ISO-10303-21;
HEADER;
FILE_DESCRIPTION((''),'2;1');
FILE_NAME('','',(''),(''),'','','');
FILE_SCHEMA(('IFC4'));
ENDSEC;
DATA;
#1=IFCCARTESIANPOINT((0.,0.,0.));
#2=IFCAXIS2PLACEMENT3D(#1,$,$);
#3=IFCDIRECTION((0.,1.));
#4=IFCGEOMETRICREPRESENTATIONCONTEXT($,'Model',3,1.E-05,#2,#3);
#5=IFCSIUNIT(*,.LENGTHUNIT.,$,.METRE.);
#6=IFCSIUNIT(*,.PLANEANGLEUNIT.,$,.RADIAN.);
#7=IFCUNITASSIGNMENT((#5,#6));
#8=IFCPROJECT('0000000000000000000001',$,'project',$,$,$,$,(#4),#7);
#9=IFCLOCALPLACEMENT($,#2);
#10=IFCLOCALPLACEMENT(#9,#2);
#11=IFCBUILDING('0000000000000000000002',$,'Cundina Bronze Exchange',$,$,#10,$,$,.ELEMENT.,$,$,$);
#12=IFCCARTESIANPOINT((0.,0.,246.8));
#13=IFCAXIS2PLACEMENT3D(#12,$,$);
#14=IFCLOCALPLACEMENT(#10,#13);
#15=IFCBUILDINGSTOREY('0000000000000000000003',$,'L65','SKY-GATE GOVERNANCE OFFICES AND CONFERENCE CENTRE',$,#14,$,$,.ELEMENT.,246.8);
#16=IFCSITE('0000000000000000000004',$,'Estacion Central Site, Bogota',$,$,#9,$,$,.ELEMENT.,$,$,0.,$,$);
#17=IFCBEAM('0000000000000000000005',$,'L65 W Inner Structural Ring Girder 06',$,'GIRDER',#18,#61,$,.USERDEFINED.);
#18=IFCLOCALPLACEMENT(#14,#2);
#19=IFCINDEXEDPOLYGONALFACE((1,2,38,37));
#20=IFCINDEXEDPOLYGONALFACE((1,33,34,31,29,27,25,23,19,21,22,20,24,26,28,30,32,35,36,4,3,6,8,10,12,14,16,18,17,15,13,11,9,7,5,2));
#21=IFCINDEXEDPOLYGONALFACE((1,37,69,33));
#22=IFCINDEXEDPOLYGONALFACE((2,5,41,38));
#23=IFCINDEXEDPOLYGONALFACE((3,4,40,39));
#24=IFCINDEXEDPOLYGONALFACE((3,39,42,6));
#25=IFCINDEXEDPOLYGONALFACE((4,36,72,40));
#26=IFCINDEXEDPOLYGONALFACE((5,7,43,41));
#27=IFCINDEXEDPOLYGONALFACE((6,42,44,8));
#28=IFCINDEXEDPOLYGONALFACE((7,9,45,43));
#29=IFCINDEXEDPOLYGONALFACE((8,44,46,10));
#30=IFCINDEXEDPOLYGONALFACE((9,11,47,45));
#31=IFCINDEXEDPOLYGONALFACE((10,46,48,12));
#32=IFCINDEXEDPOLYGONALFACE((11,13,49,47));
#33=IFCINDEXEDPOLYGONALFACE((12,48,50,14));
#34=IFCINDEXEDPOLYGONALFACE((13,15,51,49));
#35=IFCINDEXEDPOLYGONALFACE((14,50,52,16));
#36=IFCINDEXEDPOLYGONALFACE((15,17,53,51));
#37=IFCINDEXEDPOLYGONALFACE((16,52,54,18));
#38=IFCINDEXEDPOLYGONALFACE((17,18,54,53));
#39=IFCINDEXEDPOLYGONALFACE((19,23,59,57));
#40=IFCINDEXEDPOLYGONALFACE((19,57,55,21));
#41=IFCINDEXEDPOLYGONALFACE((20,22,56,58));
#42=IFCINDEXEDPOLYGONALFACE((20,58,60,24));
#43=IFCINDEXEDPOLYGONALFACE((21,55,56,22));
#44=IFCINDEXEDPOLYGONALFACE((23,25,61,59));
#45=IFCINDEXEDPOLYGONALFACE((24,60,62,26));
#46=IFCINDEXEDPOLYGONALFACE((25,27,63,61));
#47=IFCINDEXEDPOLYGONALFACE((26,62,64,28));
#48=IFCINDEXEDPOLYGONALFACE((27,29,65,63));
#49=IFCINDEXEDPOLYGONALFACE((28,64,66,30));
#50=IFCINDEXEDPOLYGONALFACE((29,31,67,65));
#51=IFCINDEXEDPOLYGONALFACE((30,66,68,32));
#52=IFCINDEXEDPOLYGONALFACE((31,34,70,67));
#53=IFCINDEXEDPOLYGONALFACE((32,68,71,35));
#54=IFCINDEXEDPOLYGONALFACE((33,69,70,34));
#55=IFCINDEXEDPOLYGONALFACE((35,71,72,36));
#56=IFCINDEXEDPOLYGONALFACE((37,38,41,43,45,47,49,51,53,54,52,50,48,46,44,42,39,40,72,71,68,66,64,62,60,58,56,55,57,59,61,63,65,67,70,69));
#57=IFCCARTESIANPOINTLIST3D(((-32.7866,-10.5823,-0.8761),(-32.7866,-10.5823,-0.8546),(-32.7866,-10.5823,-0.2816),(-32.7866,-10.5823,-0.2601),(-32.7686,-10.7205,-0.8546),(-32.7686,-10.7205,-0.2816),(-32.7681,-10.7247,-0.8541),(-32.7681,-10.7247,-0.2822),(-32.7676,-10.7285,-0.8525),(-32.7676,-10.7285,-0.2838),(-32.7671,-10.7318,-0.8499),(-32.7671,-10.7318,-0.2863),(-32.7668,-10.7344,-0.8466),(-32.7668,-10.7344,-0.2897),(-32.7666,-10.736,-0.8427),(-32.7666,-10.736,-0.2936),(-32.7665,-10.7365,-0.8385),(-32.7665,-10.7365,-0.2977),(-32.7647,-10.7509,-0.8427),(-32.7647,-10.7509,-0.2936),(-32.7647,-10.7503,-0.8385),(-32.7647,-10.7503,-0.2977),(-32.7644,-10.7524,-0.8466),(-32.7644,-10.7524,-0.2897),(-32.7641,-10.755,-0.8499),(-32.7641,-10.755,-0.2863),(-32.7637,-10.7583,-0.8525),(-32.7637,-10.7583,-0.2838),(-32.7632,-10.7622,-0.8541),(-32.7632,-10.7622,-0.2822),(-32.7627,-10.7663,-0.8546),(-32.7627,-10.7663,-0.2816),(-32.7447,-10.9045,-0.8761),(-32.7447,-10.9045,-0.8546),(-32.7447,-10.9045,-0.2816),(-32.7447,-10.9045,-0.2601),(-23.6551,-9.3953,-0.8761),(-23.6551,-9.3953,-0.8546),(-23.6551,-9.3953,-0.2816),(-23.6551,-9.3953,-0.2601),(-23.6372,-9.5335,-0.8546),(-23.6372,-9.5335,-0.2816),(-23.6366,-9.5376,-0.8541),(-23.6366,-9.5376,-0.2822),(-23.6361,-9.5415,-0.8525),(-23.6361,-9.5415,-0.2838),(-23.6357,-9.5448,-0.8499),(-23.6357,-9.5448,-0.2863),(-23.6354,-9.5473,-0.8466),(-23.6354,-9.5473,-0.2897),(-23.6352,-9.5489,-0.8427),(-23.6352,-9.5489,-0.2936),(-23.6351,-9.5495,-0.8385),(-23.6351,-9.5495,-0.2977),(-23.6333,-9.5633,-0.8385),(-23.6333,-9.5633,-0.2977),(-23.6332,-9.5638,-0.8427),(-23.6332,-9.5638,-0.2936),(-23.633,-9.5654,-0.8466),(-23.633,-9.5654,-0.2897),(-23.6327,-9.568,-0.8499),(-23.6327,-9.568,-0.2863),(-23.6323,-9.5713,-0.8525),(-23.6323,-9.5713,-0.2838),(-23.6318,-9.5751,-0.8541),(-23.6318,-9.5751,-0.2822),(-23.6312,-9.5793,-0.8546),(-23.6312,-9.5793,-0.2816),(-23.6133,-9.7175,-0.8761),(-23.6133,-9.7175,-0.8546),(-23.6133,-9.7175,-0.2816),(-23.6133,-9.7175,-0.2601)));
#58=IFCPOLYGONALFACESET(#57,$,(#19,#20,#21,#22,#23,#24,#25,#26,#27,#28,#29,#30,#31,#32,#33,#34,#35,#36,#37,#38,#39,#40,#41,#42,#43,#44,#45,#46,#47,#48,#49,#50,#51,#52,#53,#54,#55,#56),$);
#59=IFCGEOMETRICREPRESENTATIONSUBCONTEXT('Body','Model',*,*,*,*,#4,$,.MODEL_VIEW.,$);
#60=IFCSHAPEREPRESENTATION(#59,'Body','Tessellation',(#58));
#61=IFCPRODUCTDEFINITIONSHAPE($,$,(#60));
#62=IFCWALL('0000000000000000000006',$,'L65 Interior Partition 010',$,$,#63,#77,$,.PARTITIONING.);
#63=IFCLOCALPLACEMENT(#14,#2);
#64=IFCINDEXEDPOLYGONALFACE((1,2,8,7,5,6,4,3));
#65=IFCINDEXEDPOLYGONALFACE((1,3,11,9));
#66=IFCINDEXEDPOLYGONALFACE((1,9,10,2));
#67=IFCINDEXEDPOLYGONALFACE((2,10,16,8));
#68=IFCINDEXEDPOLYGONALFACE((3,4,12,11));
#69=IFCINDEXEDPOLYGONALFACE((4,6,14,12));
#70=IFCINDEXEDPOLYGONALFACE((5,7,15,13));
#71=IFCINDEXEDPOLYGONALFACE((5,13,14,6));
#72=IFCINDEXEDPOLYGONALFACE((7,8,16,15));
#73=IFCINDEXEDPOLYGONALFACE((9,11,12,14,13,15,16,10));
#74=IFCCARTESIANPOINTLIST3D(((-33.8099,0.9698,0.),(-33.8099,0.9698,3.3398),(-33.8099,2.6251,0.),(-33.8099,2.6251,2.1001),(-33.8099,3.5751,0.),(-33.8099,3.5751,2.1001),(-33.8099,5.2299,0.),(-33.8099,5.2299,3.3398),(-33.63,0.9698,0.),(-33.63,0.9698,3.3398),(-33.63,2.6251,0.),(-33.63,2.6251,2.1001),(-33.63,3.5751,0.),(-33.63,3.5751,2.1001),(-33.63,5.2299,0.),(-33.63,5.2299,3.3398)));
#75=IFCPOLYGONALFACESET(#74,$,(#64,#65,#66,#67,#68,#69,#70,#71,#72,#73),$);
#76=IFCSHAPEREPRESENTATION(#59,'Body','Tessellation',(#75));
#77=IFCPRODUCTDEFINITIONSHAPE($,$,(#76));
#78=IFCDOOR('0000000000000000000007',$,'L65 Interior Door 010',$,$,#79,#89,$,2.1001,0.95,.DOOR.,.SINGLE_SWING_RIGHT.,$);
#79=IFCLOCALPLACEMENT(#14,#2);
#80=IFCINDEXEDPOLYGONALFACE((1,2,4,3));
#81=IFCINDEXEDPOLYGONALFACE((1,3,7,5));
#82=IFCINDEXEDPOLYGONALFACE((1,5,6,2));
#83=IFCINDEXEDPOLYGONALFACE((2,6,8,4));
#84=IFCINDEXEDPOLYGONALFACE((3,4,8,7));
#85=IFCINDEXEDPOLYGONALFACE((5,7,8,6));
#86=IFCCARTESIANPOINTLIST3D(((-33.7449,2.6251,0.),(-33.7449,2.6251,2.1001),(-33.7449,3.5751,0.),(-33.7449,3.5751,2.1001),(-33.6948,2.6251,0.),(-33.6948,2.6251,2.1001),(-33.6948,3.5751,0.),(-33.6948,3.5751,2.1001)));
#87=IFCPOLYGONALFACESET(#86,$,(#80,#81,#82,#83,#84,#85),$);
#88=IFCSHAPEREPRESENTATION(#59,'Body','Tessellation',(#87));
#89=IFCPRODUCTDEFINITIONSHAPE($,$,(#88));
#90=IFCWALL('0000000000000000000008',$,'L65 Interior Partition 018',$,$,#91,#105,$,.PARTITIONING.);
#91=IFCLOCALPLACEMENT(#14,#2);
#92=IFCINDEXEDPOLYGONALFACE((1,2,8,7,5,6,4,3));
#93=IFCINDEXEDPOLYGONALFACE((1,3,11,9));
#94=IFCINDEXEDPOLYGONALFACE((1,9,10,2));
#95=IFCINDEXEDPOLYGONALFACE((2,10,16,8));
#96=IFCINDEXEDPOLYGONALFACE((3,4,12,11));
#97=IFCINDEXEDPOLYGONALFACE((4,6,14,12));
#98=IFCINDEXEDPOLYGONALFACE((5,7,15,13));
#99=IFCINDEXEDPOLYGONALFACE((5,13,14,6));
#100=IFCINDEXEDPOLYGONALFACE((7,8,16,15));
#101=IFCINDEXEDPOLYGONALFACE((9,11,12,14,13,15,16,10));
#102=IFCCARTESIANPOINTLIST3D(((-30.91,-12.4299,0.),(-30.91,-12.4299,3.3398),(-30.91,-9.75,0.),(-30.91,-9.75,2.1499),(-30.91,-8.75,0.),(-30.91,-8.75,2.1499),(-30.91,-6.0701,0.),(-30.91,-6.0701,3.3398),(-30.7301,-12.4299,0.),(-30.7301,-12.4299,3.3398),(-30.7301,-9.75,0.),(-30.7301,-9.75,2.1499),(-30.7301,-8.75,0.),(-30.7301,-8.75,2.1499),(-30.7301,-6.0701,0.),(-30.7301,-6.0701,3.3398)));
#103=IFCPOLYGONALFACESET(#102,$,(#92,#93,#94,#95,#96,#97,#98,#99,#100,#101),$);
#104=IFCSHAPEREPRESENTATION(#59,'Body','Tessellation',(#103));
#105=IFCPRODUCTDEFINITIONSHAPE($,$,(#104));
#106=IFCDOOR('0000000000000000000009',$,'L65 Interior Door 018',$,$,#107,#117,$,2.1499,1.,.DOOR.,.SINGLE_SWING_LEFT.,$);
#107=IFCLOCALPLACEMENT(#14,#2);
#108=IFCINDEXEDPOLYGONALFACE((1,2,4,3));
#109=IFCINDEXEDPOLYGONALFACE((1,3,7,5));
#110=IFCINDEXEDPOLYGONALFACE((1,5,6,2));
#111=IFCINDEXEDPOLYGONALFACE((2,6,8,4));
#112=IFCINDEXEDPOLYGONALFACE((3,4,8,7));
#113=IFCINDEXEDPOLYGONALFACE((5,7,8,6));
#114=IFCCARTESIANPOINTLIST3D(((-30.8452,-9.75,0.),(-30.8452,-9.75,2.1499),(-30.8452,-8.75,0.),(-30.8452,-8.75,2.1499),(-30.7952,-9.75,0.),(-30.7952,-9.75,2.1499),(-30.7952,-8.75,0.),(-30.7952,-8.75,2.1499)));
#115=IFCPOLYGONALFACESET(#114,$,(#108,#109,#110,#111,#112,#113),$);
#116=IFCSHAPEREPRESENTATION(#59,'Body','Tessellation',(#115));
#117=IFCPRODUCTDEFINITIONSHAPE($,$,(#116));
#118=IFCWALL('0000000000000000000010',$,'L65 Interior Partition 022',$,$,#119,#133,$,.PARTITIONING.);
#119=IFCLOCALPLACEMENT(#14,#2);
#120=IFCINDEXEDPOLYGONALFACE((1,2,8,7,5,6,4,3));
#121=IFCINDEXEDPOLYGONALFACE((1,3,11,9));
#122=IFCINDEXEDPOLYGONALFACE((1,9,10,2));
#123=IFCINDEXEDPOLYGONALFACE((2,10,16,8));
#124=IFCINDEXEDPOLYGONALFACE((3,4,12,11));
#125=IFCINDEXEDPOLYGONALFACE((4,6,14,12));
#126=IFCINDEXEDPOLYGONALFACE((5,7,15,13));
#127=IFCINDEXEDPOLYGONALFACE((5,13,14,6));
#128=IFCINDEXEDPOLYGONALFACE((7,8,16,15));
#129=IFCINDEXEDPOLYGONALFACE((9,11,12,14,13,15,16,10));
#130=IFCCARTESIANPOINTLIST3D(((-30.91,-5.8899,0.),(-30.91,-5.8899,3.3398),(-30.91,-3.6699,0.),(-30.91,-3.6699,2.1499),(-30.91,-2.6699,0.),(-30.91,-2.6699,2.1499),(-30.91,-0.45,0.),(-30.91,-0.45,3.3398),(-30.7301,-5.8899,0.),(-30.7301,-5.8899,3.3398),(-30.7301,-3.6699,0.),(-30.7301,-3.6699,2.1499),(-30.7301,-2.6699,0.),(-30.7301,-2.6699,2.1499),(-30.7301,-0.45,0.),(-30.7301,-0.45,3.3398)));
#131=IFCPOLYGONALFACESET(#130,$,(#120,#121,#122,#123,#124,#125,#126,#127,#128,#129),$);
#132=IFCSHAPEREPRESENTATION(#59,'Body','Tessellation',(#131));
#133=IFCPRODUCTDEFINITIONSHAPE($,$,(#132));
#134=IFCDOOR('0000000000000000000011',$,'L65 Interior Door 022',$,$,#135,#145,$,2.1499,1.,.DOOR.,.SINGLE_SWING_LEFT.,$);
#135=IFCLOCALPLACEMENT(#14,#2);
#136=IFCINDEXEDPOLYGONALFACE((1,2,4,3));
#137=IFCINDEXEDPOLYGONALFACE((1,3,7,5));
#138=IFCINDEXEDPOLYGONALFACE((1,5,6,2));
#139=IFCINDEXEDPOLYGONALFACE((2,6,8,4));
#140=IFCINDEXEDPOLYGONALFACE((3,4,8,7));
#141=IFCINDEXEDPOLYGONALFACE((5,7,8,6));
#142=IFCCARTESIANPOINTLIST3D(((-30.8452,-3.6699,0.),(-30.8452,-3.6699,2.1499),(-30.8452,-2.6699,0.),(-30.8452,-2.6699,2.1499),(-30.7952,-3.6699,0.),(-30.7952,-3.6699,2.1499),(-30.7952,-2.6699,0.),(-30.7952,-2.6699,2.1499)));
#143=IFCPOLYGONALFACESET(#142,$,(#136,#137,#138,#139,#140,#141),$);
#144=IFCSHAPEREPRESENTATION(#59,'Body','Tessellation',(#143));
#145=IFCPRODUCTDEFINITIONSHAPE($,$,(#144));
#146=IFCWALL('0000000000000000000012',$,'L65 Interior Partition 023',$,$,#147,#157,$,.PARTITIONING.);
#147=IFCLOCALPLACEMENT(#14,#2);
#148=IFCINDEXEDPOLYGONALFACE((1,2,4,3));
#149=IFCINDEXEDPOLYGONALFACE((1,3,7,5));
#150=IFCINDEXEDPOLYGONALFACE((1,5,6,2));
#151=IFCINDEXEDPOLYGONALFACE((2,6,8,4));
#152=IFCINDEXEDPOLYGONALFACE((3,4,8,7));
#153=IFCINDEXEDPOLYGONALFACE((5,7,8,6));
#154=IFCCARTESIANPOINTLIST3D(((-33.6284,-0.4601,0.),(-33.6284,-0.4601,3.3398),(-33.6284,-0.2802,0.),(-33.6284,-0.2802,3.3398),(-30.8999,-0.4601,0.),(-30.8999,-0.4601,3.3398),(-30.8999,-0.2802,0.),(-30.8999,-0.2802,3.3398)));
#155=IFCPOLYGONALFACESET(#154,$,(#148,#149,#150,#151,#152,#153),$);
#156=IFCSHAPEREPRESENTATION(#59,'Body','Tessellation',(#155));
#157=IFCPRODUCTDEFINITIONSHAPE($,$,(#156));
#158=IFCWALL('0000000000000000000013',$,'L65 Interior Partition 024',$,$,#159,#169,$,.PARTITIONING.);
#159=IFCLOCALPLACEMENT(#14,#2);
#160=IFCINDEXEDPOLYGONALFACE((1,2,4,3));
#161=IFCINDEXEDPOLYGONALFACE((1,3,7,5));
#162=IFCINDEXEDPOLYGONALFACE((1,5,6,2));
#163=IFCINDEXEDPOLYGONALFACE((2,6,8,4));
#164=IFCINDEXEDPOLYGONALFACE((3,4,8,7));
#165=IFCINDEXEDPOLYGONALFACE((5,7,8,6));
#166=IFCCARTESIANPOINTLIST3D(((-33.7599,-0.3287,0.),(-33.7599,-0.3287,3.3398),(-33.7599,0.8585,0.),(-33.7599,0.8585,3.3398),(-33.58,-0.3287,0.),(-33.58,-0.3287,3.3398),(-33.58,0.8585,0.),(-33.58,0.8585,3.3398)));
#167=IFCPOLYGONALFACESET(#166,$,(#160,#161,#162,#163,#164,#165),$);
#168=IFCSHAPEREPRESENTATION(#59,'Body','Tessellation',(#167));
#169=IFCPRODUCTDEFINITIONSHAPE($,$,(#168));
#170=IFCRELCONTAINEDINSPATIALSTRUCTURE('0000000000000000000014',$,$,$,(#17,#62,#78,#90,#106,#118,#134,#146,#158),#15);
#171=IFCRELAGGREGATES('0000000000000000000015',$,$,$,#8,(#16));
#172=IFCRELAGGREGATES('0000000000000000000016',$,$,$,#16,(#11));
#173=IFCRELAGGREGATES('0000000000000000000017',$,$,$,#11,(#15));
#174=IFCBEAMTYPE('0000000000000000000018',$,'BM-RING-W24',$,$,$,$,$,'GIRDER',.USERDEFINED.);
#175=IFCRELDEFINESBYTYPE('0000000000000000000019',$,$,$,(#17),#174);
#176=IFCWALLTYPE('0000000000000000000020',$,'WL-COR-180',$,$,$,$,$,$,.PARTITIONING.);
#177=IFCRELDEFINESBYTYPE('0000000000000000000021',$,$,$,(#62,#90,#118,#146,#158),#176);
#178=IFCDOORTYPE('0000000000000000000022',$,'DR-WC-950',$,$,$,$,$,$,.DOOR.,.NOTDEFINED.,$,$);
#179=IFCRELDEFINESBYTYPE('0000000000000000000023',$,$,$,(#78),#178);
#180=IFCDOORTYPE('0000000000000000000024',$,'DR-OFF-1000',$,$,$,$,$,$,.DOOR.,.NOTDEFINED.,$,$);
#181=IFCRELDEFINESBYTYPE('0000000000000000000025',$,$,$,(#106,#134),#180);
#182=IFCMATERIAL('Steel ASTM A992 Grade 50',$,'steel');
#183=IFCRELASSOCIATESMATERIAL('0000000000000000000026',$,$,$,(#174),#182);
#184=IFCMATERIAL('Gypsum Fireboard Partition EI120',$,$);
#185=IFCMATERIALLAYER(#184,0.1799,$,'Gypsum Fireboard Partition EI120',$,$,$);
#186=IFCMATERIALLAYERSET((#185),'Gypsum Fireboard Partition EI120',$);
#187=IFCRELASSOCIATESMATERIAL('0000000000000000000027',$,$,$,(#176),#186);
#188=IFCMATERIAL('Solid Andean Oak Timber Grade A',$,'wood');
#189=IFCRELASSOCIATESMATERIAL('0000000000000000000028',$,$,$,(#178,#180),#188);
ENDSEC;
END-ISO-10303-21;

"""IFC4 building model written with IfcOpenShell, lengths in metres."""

from ifc_helpers import new_model, si_unit, direction, frame, frame_2d, origin, origin_2d, place, context, subcontext, project, spatial, rectangle, i_section, extrude, material, layer, layer_set, material_profile, profile_set, type_object, element, fill, save


model = new_model("IFC4")

# Units and contexts
model_context = context("Model", 3, precision=1e-05, world=origin(), true_north=direction((0.0, 1.0)))
body_context = subcontext(model_context, "Body", "Model", "MODEL_VIEW")
ifc_project = project(units=[si_unit("LENGTHUNIT", "METRE"), si_unit("PLANEANGLEUNIT", "RADIAN")], contexts=[model_context])

# Site, building, storey
site_placement = place(None, origin())
site = spatial("IfcSite", under=ifc_project, at=site_placement, Name="Estacion Central Site, Bogota", CompositionType="ELEMENT", RefElevation=0.0)
building_placement = place(site_placement, origin())
building = spatial("IfcBuilding", under=site, at=building_placement, Name="Cundina Bronze Exchange", CompositionType="ELEMENT")
storey_placement = place(building_placement, frame((0.0, 0.0, 246.8)))
storey = spatial("IfcBuildingStorey", under=building, at=storey_placement, Name="L65", Description="SKY-GATE GOVERNANCE OFFICES AND CONFERENCE CENTRE", CompositionType="ELEMENT", Elevation=246.8)

# Beam
ifc_material_1 = material(Name="Steel ASTM A992 Grade 50", Category="steel")
ifc_material_profile_1 = material_profile(ifc_material_1, i_section(OverallWidth=0.325, OverallDepth=0.616, WebThickness=0.0139, FlangeThickness=0.0215, FilletRadius=0.0161, at=origin_2d()), Name="W24X117", Category="steel")
ifc_profile_set_1 = profile_set([ifc_material_profile_1], Name="Steel ASTM A992 Grade 50")
beam_type_1 = type_object("IfcBeamType", Name="BM-RING-W24", ElementType="GIRDER", PredefinedType="USERDEFINED", material=ifc_profile_set_1)
beam_1_placement = place(storey_placement, frame((-32.7656, -10.7434, -0.5681), z_axis=(0.991656, 0.128908, 0.0), x_axis=(-0.128908, 0.991656, 0.0)))
element("IfcBeam", 1, at=beam_1_placement, inside=storey, type_object=beam_type_1, Name="L65 W Inner Structural Ring Girder 06", ObjectType="GIRDER", PredefinedType="USERDEFINED", context=body_context, shape_type="SweptSolid", body=[
    extrude(i_section(OverallWidth=0.325, OverallDepth=0.616, WebThickness=0.0139, FlangeThickness=0.0215, FilletRadius=0.0161, at=origin_2d()), origin(), (0.0, 0.0, 1.0), 9.2083),
])

# Walls, openings, doors
ifc_material_2 = material(Name="Gypsum Fireboard Partition EI120")
ifc_layer_1 = layer(ifc_material_2, 0.1799, Name="Gypsum Fireboard Partition EI120")
ifc_layer_set_1 = layer_set([ifc_layer_1], Name="Gypsum Fireboard Partition EI120")
wall_type_1 = type_object("IfcWallType", Name="WL-COR-180", PredefinedType="PARTITIONING", material=ifc_layer_set_1)
wall_1_placement = place(storey_placement, frame((-33.72, 0.97, 0.0), z_axis=(0.0, 0.0, 1.0), x_axis=(0.0, 1.0, 0.0)))
wall_1 = element("IfcWall", 2, at=wall_1_placement, inside=storey, type_object=wall_type_1, Name="L65 Interior Partition 010", PredefinedType="PARTITIONING", context=body_context, shape_type="SweptSolid", body=[
    extrude(rectangle(XDim=4.26, YDim=0.1799, at=frame_2d((2.1299, 0.0))), origin(), (0.0, 0.0, 1.0), 3.3398),
])
opening_1_placement = place(wall_1_placement, frame((1.655, 0.0, 0.0)))
opening_1 = element("IfcOpeningElement", 3, at=opening_1_placement, cuts=wall_1, PredefinedType="OPENING", context=body_context, shape_type="SweptSolid", body=[
    extrude(rectangle(XDim=0.95, YDim=2.1001, at=frame_2d((0.4751, 1.05))), frame((0.0, 0.0999, 0.0), z_axis=(0.0, -1.0, 0.0), x_axis=(1.0, 0.0, 0.0)), (0.0, 0.0, 1.0), 0.2),
])
ifc_material_3 = material(Name="Solid Andean Oak Timber Grade A", Category="wood")
door_type_1 = type_object("IfcDoorType", Name="DR-WC-950", OperationType="NOTDEFINED", PredefinedType="DOOR", material=ifc_material_3)
door_1_placement = place(opening_1_placement, origin())
door_1 = element("IfcDoor", 4, at=door_1_placement, inside=storey, type_object=door_type_1, Name="L65 Interior Door 010", OperationType="SINGLE_SWING_RIGHT", OverallHeight=2.1001, OverallWidth=0.95, PredefinedType="DOOR", context=body_context, shape_type="SweptSolid", body=[
    extrude(rectangle(XDim=0.95, YDim=2.1001, at=frame_2d((0.4751, 1.05))), frame((0.0, 0.0249, 0.0), z_axis=(0.0, -1.0, 0.0), x_axis=(1.0, 0.0, 0.0)), (0.0, 0.0, 1.0), 0.05),
])
fill(opening_1, door_1)
wall_2_placement = place(storey_placement, frame((-30.8201, -6.0701, 0.0), z_axis=(0.0, 0.0, 1.0), x_axis=(0.0, -1.0, 0.0)))
wall_2 = element("IfcWall", 5, at=wall_2_placement, inside=storey, type_object=wall_type_1, Name="L65 Interior Partition 018", PredefinedType="PARTITIONING", context=body_context, shape_type="SweptSolid", body=[
    extrude(rectangle(XDim=6.3599, YDim=0.1799, at=frame_2d((3.1799, 0.0))), origin(), (0.0, 0.0, 1.0), 3.3398),
])
opening_2_placement = place(wall_2_placement, frame((2.6799, 0.0, 0.0)))
opening_2 = element("IfcOpeningElement", 6, at=opening_2_placement, cuts=wall_2, PredefinedType="OPENING", context=body_context, shape_type="SweptSolid", body=[
    extrude(rectangle(XDim=1.0, YDim=2.1499, at=frame_2d((0.5, 1.075))), frame((0.0, 0.0999, 0.0), z_axis=(0.0, -1.0, 0.0), x_axis=(1.0, 0.0, 0.0)), (0.0, 0.0, 1.0), 0.2),
])
door_type_2 = type_object("IfcDoorType", Name="DR-OFF-1000", OperationType="NOTDEFINED", PredefinedType="DOOR", material=ifc_material_3)
door_2_placement = place(opening_2_placement, origin())
door_2 = element("IfcDoor", 7, at=door_2_placement, inside=storey, type_object=door_type_2, Name="L65 Interior Door 018", OperationType="SINGLE_SWING_LEFT", OverallHeight=2.1499, OverallWidth=1.0, PredefinedType="DOOR", context=body_context, shape_type="SweptSolid", body=[
    extrude(rectangle(XDim=1.0, YDim=2.1499, at=frame_2d((0.5, 1.075))), frame((0.0, 0.0249, 0.0), z_axis=(0.0, -1.0, 0.0), x_axis=(1.0, 0.0, 0.0)), (0.0, 0.0, 1.0), 0.05),
])
fill(opening_2, door_2)
wall_3_placement = place(storey_placement, frame((-30.8201, -0.45, 0.0), z_axis=(0.0, 0.0, 1.0), x_axis=(0.0, -1.0, 0.0)))
wall_3 = element("IfcWall", 8, at=wall_3_placement, inside=storey, type_object=wall_type_1, Name="L65 Interior Partition 022", PredefinedType="PARTITIONING", context=body_context, shape_type="SweptSolid", body=[
    extrude(rectangle(XDim=5.4399, YDim=0.1799, at=frame_2d((2.72, 0.0))), origin(), (0.0, 0.0, 1.0), 3.3398),
])
opening_3_placement = place(wall_3_placement, frame((2.22, 0.0, 0.0)))
opening_3 = element("IfcOpeningElement", 9, at=opening_3_placement, cuts=wall_3, PredefinedType="OPENING", context=body_context, shape_type="SweptSolid", body=[
    extrude(rectangle(XDim=1.0, YDim=2.1499, at=frame_2d((0.5, 1.075))), frame((0.0, 0.0999, 0.0), z_axis=(0.0, -1.0, 0.0), x_axis=(1.0, 0.0, 0.0)), (0.0, 0.0, 1.0), 0.2),
])
door_3_placement = place(opening_3_placement, origin())
door_3 = element("IfcDoor", 10, at=door_3_placement, inside=storey, type_object=door_type_2, Name="L65 Interior Door 022", OperationType="SINGLE_SWING_LEFT", OverallHeight=2.1499, OverallWidth=1.0, PredefinedType="DOOR", context=body_context, shape_type="SweptSolid", body=[
    extrude(rectangle(XDim=1.0, YDim=2.1499, at=frame_2d((0.5, 1.075))), frame((0.0, 0.0249, 0.0), z_axis=(0.0, -1.0, 0.0), x_axis=(1.0, 0.0, 0.0)), (0.0, 0.0, 1.0), 0.05),
])
fill(opening_3, door_3)

# Walls
wall_4_placement = place(storey_placement, frame((-33.6284, -0.3701, 0.0), z_axis=(0.0, 0.0, 1.0), x_axis=(1.0, 0.0, 0.0)))
element("IfcWall", 11, at=wall_4_placement, inside=storey, type_object=wall_type_1, Name="L65 Interior Partition 023", PredefinedType="PARTITIONING", context=body_context, shape_type="SweptSolid", body=[
    extrude(rectangle(XDim=2.7285, YDim=0.1799, at=frame_2d((1.3643, 0.0))), origin(), (0.0, 0.0, 1.0), 3.3398),
])
wall_5_placement = place(storey_placement, frame((-33.6699, 0.8586, 0.0), z_axis=(0.0, 0.0, 1.0), x_axis=(0.0, -1.0, 0.0)))
element("IfcWall", 12, at=wall_5_placement, inside=storey, type_object=wall_type_1, Name="L65 Interior Partition 024", PredefinedType="PARTITIONING", context=body_context, shape_type="SweptSolid", body=[
    extrude(rectangle(XDim=1.1873, YDim=0.1799, at=frame_2d((0.5938, 0.0))), origin(), (0.0, 0.0, 1.0), 3.3398),
])

save(model, "model.ifc")
